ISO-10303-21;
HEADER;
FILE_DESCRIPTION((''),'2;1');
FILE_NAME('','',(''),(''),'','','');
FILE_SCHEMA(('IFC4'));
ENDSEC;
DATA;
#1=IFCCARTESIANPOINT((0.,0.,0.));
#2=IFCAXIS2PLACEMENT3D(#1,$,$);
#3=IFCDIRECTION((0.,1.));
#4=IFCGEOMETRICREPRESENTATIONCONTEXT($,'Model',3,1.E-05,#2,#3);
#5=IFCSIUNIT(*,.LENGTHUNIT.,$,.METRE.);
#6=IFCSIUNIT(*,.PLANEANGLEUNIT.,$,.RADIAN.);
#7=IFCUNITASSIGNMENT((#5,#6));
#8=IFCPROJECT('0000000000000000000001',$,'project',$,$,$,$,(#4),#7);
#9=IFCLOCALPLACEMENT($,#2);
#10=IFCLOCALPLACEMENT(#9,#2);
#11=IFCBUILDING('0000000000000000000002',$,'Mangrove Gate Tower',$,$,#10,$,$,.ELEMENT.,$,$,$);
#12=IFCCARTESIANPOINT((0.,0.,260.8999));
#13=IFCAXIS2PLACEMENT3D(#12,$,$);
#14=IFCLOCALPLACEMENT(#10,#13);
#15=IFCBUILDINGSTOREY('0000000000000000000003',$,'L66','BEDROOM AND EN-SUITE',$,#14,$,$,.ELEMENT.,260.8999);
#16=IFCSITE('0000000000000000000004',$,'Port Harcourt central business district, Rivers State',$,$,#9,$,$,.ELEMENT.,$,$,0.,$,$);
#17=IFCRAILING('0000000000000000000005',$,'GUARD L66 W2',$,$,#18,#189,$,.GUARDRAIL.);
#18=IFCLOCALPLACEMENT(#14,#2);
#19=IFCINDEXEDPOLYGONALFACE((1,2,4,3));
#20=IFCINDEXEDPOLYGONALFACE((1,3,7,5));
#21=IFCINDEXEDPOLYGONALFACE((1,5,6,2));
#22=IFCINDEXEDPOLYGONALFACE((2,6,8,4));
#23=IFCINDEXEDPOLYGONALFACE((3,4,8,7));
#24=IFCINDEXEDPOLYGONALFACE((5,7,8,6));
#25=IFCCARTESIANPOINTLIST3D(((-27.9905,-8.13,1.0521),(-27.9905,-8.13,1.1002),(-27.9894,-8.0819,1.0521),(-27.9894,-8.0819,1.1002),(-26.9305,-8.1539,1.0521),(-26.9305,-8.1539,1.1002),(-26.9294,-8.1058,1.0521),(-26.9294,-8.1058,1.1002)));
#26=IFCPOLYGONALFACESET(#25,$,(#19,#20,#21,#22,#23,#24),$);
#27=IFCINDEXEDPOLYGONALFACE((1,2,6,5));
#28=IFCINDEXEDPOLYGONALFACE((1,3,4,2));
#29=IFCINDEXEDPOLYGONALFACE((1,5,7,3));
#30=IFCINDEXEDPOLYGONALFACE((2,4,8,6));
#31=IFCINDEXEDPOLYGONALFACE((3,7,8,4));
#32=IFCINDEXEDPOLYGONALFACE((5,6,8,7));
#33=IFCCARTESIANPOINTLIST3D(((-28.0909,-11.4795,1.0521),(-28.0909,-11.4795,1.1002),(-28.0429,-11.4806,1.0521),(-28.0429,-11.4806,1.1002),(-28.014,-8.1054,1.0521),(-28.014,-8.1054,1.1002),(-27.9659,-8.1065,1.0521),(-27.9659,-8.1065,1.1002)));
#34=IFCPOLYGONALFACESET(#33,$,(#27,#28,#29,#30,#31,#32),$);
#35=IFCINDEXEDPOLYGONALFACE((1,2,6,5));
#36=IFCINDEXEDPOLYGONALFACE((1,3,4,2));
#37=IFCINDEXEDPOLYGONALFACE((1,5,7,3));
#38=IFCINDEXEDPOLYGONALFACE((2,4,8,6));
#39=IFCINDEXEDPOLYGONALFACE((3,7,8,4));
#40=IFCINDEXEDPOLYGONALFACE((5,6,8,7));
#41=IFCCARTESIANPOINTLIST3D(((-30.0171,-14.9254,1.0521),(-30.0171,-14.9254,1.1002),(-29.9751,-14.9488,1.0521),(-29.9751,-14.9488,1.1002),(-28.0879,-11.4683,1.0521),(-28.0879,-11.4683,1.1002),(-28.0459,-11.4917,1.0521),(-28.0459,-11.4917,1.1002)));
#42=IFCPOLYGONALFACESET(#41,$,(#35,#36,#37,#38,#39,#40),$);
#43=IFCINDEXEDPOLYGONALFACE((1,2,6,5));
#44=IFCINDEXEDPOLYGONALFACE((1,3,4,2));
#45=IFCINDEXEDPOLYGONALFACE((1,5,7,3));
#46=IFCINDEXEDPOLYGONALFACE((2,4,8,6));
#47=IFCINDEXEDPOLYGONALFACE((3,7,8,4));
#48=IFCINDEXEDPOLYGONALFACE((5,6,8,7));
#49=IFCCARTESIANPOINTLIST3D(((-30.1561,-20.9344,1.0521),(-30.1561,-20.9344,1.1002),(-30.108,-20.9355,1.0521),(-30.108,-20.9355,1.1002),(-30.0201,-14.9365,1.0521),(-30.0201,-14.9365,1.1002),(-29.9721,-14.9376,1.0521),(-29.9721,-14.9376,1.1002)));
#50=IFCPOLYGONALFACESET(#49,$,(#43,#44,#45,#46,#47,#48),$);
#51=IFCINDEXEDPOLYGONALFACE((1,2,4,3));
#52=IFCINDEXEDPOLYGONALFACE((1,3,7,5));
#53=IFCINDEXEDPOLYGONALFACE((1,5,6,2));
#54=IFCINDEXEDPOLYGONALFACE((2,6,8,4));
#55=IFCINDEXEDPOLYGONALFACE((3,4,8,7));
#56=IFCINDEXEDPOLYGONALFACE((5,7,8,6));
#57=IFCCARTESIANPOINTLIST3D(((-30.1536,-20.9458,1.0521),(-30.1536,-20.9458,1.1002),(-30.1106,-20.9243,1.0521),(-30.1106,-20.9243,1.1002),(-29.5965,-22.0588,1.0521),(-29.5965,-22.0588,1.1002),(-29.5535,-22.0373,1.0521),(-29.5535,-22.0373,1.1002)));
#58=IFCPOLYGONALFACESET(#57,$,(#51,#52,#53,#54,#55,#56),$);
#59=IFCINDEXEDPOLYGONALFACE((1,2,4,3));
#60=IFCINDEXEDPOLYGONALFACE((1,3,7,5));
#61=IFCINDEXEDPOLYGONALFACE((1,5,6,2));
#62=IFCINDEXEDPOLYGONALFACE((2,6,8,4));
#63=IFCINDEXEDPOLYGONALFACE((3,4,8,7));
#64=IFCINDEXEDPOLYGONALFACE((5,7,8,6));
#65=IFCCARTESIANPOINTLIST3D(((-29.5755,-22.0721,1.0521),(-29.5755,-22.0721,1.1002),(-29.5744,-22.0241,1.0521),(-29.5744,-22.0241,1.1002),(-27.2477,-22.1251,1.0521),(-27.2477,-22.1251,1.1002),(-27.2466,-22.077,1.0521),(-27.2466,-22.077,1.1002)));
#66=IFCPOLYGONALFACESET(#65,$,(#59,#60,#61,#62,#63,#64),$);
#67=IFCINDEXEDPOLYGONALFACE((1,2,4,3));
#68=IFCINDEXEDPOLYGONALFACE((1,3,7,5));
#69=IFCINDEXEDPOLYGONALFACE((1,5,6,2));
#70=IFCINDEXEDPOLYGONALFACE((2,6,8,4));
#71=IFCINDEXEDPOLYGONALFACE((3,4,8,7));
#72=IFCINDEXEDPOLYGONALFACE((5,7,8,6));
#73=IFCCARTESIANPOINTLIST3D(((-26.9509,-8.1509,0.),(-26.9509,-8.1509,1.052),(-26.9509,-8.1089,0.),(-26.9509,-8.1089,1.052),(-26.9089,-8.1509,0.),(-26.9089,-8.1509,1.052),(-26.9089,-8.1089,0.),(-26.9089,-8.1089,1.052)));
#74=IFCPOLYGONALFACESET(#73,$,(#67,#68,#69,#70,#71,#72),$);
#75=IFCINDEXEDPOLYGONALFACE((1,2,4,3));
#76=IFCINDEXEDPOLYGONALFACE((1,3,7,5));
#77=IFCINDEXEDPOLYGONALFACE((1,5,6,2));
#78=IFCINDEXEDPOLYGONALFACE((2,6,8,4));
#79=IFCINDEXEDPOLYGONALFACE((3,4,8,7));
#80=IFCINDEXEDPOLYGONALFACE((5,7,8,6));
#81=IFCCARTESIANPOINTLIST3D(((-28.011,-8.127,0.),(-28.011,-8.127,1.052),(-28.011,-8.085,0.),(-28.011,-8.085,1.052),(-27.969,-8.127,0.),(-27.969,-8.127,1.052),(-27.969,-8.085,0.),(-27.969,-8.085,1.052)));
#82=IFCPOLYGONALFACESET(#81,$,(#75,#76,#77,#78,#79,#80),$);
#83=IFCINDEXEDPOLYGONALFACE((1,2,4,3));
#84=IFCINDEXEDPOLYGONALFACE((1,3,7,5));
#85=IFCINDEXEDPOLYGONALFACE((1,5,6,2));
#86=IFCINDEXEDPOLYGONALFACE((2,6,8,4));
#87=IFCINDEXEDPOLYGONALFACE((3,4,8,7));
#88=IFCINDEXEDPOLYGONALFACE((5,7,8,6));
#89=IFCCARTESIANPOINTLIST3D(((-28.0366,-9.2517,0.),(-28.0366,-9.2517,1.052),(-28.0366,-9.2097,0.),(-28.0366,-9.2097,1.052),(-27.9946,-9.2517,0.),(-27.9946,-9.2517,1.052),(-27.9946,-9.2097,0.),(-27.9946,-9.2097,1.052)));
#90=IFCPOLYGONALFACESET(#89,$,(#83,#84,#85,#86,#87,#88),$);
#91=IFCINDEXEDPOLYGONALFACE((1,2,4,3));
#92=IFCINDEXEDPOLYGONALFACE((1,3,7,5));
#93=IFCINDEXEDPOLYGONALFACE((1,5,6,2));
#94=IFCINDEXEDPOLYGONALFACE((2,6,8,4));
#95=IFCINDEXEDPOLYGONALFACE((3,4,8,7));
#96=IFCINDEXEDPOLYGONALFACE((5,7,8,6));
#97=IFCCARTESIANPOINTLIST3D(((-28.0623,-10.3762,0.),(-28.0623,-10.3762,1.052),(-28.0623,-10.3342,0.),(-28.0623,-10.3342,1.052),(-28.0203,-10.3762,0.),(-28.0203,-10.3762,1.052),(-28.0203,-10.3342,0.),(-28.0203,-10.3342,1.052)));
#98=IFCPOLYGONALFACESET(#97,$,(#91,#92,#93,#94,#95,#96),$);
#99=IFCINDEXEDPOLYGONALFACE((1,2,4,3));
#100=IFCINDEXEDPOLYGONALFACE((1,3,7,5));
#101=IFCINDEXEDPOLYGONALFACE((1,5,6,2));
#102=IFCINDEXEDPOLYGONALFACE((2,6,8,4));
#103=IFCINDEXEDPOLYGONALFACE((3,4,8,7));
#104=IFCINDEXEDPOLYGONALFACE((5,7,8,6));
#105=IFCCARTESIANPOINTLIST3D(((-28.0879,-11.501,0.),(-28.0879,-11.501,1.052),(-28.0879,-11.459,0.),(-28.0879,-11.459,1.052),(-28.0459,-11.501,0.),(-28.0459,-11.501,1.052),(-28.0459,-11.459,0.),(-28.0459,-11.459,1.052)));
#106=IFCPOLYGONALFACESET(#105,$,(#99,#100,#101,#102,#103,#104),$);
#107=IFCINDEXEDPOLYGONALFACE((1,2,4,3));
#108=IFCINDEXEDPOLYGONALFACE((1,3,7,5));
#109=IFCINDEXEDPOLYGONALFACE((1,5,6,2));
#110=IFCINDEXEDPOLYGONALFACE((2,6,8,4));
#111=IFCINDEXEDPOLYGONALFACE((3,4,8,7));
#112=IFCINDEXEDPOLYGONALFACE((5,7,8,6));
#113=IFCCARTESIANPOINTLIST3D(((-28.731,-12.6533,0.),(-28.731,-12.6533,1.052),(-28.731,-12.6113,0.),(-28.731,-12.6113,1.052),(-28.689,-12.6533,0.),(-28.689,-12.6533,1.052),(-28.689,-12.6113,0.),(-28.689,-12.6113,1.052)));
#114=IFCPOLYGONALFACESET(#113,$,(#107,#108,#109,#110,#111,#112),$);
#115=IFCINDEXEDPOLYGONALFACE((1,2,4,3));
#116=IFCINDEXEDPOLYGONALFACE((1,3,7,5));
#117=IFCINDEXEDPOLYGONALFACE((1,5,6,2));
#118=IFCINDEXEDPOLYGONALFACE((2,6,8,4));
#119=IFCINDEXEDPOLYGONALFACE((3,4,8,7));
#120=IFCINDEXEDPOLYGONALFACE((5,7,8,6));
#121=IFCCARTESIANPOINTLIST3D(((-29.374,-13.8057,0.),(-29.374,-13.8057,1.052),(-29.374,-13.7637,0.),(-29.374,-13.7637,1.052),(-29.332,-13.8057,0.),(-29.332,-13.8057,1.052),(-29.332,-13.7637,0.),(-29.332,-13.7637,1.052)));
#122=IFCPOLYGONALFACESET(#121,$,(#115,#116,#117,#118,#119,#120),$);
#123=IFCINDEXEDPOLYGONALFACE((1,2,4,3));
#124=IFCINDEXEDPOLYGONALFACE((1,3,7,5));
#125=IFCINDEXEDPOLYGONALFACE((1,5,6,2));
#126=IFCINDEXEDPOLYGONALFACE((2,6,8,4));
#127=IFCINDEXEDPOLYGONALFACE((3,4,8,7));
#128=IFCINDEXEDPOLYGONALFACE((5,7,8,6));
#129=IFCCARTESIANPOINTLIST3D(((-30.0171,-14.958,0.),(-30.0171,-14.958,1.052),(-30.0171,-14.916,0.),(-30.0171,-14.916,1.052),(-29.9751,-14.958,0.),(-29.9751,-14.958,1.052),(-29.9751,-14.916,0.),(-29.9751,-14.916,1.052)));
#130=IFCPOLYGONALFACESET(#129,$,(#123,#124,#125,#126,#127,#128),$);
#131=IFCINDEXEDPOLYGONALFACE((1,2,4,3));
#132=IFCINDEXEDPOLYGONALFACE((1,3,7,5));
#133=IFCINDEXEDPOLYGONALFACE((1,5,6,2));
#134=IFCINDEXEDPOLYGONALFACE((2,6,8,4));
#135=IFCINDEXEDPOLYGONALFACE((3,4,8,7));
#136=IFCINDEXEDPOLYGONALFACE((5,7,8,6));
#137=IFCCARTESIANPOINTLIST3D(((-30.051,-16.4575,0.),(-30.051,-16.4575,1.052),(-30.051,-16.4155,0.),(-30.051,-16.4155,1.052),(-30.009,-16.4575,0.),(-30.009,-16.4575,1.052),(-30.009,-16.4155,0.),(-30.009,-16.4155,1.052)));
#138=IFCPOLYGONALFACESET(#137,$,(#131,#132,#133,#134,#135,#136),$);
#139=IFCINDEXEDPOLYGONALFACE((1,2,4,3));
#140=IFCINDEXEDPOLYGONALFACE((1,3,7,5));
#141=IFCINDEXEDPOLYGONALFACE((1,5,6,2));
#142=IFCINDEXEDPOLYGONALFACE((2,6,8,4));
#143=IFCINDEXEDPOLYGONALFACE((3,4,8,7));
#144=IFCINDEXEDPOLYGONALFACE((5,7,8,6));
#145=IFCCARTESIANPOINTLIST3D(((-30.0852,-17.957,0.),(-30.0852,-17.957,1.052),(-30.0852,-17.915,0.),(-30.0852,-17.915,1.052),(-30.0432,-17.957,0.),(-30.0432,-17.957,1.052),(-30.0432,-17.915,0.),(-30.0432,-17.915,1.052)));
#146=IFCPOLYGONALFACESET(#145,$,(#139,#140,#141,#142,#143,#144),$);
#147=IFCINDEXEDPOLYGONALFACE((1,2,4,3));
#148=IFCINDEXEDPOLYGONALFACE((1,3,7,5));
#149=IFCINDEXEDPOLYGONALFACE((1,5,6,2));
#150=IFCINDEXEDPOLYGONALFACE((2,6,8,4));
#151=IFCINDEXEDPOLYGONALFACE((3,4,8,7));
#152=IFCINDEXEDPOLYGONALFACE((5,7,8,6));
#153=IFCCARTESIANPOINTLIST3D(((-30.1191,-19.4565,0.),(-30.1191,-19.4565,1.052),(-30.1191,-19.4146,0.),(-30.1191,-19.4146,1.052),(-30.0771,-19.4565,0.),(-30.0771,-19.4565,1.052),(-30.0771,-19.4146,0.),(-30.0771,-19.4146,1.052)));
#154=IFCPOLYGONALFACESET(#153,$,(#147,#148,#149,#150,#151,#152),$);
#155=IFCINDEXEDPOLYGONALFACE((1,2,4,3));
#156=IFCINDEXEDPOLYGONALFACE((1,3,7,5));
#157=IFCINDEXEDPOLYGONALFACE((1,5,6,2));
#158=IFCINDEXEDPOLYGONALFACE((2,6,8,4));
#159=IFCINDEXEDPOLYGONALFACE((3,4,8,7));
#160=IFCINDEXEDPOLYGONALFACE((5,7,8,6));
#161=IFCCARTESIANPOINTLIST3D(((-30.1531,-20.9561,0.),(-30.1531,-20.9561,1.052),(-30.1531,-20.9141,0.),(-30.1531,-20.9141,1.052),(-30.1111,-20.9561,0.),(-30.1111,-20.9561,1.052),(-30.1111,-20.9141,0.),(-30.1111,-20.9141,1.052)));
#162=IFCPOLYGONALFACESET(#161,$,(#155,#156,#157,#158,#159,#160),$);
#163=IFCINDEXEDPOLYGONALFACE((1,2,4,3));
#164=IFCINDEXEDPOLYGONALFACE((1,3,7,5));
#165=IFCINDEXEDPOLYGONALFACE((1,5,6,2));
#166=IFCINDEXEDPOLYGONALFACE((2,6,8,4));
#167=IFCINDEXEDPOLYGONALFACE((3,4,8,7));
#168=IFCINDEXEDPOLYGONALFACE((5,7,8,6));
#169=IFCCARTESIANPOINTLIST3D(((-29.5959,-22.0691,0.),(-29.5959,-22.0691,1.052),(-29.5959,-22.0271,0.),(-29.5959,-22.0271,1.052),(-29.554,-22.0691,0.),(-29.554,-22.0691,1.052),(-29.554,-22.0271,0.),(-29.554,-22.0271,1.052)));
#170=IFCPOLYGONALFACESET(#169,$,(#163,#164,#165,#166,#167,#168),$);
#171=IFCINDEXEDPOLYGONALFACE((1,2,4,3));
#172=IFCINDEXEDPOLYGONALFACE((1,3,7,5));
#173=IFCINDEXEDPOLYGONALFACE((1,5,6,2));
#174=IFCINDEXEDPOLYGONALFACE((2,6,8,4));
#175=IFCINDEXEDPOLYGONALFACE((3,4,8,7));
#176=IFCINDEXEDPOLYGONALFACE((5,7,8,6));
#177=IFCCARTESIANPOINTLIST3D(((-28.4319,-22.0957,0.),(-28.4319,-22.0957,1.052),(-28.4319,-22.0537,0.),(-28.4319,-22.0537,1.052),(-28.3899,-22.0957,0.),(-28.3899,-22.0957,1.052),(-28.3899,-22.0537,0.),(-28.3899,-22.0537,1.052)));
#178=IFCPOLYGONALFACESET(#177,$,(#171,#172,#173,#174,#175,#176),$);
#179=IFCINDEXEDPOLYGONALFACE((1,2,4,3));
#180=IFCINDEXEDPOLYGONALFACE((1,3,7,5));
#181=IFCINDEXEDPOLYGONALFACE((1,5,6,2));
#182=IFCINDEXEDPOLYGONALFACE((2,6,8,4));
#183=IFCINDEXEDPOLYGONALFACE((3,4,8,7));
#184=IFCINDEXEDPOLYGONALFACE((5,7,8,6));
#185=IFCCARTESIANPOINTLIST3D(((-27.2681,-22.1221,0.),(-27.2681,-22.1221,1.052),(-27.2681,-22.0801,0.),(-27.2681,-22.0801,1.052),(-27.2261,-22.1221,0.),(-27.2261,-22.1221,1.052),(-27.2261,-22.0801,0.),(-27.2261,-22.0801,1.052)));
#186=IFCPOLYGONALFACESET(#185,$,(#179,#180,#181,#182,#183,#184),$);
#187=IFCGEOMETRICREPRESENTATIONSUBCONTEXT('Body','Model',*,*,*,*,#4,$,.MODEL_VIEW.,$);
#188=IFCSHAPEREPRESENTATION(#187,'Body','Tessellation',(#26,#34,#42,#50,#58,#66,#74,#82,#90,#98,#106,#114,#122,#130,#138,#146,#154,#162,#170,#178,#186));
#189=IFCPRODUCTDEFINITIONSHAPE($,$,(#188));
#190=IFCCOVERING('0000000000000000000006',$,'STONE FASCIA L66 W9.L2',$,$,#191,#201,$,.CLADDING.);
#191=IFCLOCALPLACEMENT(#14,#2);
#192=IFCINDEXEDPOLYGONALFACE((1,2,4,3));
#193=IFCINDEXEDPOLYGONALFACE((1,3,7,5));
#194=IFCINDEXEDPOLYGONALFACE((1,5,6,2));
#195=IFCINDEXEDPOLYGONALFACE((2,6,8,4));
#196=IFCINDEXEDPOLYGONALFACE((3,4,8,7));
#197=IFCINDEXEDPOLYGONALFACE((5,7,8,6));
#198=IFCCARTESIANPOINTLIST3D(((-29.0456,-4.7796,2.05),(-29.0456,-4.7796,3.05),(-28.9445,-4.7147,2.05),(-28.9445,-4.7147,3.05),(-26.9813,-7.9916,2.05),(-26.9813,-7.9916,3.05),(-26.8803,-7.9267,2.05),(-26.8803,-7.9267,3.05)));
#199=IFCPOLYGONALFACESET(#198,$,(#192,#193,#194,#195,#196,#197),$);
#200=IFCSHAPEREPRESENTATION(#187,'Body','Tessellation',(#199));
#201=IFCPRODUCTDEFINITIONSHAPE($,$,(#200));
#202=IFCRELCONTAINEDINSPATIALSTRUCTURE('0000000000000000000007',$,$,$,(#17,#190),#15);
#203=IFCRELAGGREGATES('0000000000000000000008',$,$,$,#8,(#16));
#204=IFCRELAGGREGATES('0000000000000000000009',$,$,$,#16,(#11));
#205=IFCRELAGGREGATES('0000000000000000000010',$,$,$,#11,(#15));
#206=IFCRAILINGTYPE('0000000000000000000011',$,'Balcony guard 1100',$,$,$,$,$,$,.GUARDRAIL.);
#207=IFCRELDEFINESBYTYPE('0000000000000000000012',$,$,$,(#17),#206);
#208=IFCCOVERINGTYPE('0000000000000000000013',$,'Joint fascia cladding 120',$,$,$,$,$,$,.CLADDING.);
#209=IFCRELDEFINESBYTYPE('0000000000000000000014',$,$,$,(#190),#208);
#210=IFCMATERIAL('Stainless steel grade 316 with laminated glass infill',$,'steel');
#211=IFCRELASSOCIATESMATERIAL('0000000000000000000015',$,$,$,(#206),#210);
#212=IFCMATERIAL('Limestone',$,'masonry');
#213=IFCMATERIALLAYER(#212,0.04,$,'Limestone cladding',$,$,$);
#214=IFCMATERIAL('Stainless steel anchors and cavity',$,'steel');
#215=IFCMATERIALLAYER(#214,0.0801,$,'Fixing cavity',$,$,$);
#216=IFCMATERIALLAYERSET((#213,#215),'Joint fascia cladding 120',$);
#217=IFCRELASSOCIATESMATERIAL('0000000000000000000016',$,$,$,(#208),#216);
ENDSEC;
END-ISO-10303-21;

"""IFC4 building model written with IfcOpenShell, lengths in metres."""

from ifc_helpers import new_model, si_unit, direction, frame, frame_2d, origin, origin_2d, place, context, subcontext, project, spatial, rectangle, extrude, material, layer, layer_set, type_object, element, save


model = new_model("IFC4")

# Units and contexts
model_context = context("Model", 3, precision=1e-05, world=origin(), true_north=direction((0.0, 1.0)))
body_context = subcontext(model_context, "Body", "Model", "MODEL_VIEW")
ifc_project = project(units=[si_unit("LENGTHUNIT", "METRE"), si_unit("PLANEANGLEUNIT", "RADIAN")], contexts=[model_context])

# Site, building, storey
site_placement = place(None, origin())
site = spatial("IfcSite", under=ifc_project, at=site_placement, Name="Port Harcourt central business district, Rivers State", CompositionType="ELEMENT", RefElevation=0.0)
building_placement = place(site_placement, origin())
building = spatial("IfcBuilding", under=site, at=building_placement, Name="Mangrove Gate Tower", CompositionType="ELEMENT")
storey_placement = place(building_placement, frame((0.0, 0.0, 260.8999)))
storey = spatial("IfcBuildingStorey", under=building, at=storey_placement, Name="L66", Description="BEDROOM AND EN-SUITE", CompositionType="ELEMENT", Elevation=260.8999)

# Shared definitions
ifc_material_1 = material(Name="Limestone", Category="masonry")

# Railing
ifc_material_2 = material(Name="Stainless steel grade 316 with laminated glass infill", Category="steel")
railing_type = type_object("IfcRailingType", Name="Balcony guard 1100", PredefinedType="GUARDRAIL", material=ifc_material_2)
railing_placement = place(storey_placement, frame((-26.9299, -8.1299, 0.0)))
element("IfcRailing", 1, at=railing_placement, inside=storey, type_object=railing_type, Name="GUARD L66 W2", PredefinedType="GUARDRAIL", context=body_context, shape_type="SweptSolid", body=[
    extrude(rectangle(XDim=0.0481, YDim=0.0481, at=origin_2d()), frame((0.0, 0.0, 1.0762), z_axis=(-0.999745, 0.022564, 0.0), x_axis=(-0.022564, -0.999745, 0.0)), (0.0, 0.0, 1.0), 1.0603),
    extrude(rectangle(XDim=0.0481, YDim=0.0481, at=origin_2d()), frame((-1.0601, 0.0239, 1.0762), z_axis=(-0.022787, -0.99974, 0.0), x_axis=(0.99974, -0.022787, 0.0)), (0.0, 0.0, 1.0), 3.375),
    extrude(rectangle(XDim=0.0481, YDim=0.0481, at=origin_2d()), frame((-1.137, -3.3501, 1.0762), z_axis=(-0.487307, -0.873231, 0.0), x_axis=(0.873231, -0.487307, 0.0)), (0.0, 0.0, 1.0), 3.959),
    extrude(rectangle(XDim=0.0481, YDim=0.0481, at=origin_2d()), frame((-3.0662, -6.8071, 1.0762), z_axis=(-0.022666, -0.999743, 0.0), x_axis=(0.999743, -0.022666, 0.0)), (0.0, 0.0, 1.0), 5.9995),
    extrude(rectangle(XDim=0.0481, YDim=0.0481, at=origin_2d()), frame((-3.2021, -12.8052, 1.0762), z_axis=(0.447606, -0.894231, 0.0), x_axis=(0.894231, 0.447606, 0.0)), (0.0, 0.0, 1.0), 1.2446),
    extrude(rectangle(XDim=0.0481, YDim=0.0481, at=origin_2d()), frame((-2.645, -13.9182, 1.0762), z_axis=(0.999741, -0.022752, 0.0), x_axis=(0.022752, 0.999741, 0.0)), (0.0, 0.0, 1.0), 2.3284),
    extrude(rectangle(XDim=0.042, YDim=0.042, at=origin_2d()), origin(), (0.0, 0.0, 1.0), 1.052),
    extrude(rectangle(XDim=0.042, YDim=0.042, at=origin_2d()), frame((-1.0601, 0.0239, 0.0)), (0.0, 0.0, 1.0), 1.052),
    extrude(rectangle(XDim=0.042, YDim=0.042, at=origin_2d()), frame((-1.0857, -1.1008, 0.0)), (0.0, 0.0, 1.0), 1.052),
    extrude(rectangle(XDim=0.042, YDim=0.042, at=origin_2d()), frame((-1.1113, -2.2253, 0.0)), (0.0, 0.0, 1.0), 1.052),
    extrude(rectangle(XDim=0.042, YDim=0.042, at=origin_2d()), frame((-1.137, -3.3501, 0.0)), (0.0, 0.0, 1.0), 1.052),
    extrude(rectangle(XDim=0.042, YDim=0.042, at=origin_2d()), frame((-1.78, -4.5024, 0.0)), (0.0, 0.0, 1.0), 1.052),
    extrude(rectangle(XDim=0.042, YDim=0.042, at=origin_2d()), frame((-2.4231, -5.6548, 0.0)), (0.0, 0.0, 1.0), 1.052),
    extrude(rectangle(XDim=0.042, YDim=0.042, at=origin_2d()), frame((-3.0662, -6.8071, 0.0)), (0.0, 0.0, 1.0), 1.052),
    extrude(rectangle(XDim=0.042, YDim=0.042, at=origin_2d()), frame((-3.1001, -8.3066, 0.0)), (0.0, 0.0, 1.0), 1.052),
    extrude(rectangle(XDim=0.042, YDim=0.042, at=origin_2d()), frame((-3.1343, -9.8062, 0.0)), (0.0, 0.0, 1.0), 1.052),
    extrude(rectangle(XDim=0.042, YDim=0.042, at=origin_2d()), frame((-3.1682, -11.3057, 0.0)), (0.0, 0.0, 1.0), 1.052),
    extrude(rectangle(XDim=0.042, YDim=0.042, at=origin_2d()), frame((-3.2021, -12.8052, 0.0)), (0.0, 0.0, 1.0), 1.052),
    extrude(rectangle(XDim=0.042, YDim=0.042, at=origin_2d()), frame((-2.645, -13.9182, 0.0)), (0.0, 0.0, 1.0), 1.052),
    extrude(rectangle(XDim=0.042, YDim=0.042, at=origin_2d()), frame((-1.481, -13.9448, 0.0)), (0.0, 0.0, 1.0), 1.052),
    extrude(rectangle(XDim=0.042, YDim=0.042, at=origin_2d()), frame((-0.3171, -13.9712, 0.0)), (0.0, 0.0, 1.0), 1.052),
])

# Covering
ifc_layer_1 = layer(ifc_material_1, 0.04, Name="Limestone cladding")
ifc_material_3 = material(Name="Stainless steel anchors and cavity", Category="steel")
ifc_layer_2 = layer(ifc_material_3, 0.0801, Name="Fixing cavity")
ifc_layer_set_1 = layer_set([ifc_layer_1, ifc_layer_2], Name="Joint fascia cladding 120")
covering_type = type_object("IfcCoveringType", Name="Joint fascia cladding 120", PredefinedType="CLADDING", material=ifc_layer_set_1)
covering_placement = place(storey_placement, frame((-28.9951, -4.7471, 2.05), z_axis=(0.0, 0.0, 1.0), x_axis=(0.540648, -0.841249, 0.0)))
element("IfcCovering", 2, at=covering_placement, inside=storey, type_object=covering_type, Name="STONE FASCIA L66 W9.L2", PredefinedType="CLADDING", context=body_context, shape_type="SweptSolid", body=[
    extrude(rectangle(XDim=3.8181, YDim=0.1201, at=frame_2d((1.9092, 0.0))), origin(), (0.0, 0.0, 1.0), 1.0),
])

save(model, "model.ifc")
